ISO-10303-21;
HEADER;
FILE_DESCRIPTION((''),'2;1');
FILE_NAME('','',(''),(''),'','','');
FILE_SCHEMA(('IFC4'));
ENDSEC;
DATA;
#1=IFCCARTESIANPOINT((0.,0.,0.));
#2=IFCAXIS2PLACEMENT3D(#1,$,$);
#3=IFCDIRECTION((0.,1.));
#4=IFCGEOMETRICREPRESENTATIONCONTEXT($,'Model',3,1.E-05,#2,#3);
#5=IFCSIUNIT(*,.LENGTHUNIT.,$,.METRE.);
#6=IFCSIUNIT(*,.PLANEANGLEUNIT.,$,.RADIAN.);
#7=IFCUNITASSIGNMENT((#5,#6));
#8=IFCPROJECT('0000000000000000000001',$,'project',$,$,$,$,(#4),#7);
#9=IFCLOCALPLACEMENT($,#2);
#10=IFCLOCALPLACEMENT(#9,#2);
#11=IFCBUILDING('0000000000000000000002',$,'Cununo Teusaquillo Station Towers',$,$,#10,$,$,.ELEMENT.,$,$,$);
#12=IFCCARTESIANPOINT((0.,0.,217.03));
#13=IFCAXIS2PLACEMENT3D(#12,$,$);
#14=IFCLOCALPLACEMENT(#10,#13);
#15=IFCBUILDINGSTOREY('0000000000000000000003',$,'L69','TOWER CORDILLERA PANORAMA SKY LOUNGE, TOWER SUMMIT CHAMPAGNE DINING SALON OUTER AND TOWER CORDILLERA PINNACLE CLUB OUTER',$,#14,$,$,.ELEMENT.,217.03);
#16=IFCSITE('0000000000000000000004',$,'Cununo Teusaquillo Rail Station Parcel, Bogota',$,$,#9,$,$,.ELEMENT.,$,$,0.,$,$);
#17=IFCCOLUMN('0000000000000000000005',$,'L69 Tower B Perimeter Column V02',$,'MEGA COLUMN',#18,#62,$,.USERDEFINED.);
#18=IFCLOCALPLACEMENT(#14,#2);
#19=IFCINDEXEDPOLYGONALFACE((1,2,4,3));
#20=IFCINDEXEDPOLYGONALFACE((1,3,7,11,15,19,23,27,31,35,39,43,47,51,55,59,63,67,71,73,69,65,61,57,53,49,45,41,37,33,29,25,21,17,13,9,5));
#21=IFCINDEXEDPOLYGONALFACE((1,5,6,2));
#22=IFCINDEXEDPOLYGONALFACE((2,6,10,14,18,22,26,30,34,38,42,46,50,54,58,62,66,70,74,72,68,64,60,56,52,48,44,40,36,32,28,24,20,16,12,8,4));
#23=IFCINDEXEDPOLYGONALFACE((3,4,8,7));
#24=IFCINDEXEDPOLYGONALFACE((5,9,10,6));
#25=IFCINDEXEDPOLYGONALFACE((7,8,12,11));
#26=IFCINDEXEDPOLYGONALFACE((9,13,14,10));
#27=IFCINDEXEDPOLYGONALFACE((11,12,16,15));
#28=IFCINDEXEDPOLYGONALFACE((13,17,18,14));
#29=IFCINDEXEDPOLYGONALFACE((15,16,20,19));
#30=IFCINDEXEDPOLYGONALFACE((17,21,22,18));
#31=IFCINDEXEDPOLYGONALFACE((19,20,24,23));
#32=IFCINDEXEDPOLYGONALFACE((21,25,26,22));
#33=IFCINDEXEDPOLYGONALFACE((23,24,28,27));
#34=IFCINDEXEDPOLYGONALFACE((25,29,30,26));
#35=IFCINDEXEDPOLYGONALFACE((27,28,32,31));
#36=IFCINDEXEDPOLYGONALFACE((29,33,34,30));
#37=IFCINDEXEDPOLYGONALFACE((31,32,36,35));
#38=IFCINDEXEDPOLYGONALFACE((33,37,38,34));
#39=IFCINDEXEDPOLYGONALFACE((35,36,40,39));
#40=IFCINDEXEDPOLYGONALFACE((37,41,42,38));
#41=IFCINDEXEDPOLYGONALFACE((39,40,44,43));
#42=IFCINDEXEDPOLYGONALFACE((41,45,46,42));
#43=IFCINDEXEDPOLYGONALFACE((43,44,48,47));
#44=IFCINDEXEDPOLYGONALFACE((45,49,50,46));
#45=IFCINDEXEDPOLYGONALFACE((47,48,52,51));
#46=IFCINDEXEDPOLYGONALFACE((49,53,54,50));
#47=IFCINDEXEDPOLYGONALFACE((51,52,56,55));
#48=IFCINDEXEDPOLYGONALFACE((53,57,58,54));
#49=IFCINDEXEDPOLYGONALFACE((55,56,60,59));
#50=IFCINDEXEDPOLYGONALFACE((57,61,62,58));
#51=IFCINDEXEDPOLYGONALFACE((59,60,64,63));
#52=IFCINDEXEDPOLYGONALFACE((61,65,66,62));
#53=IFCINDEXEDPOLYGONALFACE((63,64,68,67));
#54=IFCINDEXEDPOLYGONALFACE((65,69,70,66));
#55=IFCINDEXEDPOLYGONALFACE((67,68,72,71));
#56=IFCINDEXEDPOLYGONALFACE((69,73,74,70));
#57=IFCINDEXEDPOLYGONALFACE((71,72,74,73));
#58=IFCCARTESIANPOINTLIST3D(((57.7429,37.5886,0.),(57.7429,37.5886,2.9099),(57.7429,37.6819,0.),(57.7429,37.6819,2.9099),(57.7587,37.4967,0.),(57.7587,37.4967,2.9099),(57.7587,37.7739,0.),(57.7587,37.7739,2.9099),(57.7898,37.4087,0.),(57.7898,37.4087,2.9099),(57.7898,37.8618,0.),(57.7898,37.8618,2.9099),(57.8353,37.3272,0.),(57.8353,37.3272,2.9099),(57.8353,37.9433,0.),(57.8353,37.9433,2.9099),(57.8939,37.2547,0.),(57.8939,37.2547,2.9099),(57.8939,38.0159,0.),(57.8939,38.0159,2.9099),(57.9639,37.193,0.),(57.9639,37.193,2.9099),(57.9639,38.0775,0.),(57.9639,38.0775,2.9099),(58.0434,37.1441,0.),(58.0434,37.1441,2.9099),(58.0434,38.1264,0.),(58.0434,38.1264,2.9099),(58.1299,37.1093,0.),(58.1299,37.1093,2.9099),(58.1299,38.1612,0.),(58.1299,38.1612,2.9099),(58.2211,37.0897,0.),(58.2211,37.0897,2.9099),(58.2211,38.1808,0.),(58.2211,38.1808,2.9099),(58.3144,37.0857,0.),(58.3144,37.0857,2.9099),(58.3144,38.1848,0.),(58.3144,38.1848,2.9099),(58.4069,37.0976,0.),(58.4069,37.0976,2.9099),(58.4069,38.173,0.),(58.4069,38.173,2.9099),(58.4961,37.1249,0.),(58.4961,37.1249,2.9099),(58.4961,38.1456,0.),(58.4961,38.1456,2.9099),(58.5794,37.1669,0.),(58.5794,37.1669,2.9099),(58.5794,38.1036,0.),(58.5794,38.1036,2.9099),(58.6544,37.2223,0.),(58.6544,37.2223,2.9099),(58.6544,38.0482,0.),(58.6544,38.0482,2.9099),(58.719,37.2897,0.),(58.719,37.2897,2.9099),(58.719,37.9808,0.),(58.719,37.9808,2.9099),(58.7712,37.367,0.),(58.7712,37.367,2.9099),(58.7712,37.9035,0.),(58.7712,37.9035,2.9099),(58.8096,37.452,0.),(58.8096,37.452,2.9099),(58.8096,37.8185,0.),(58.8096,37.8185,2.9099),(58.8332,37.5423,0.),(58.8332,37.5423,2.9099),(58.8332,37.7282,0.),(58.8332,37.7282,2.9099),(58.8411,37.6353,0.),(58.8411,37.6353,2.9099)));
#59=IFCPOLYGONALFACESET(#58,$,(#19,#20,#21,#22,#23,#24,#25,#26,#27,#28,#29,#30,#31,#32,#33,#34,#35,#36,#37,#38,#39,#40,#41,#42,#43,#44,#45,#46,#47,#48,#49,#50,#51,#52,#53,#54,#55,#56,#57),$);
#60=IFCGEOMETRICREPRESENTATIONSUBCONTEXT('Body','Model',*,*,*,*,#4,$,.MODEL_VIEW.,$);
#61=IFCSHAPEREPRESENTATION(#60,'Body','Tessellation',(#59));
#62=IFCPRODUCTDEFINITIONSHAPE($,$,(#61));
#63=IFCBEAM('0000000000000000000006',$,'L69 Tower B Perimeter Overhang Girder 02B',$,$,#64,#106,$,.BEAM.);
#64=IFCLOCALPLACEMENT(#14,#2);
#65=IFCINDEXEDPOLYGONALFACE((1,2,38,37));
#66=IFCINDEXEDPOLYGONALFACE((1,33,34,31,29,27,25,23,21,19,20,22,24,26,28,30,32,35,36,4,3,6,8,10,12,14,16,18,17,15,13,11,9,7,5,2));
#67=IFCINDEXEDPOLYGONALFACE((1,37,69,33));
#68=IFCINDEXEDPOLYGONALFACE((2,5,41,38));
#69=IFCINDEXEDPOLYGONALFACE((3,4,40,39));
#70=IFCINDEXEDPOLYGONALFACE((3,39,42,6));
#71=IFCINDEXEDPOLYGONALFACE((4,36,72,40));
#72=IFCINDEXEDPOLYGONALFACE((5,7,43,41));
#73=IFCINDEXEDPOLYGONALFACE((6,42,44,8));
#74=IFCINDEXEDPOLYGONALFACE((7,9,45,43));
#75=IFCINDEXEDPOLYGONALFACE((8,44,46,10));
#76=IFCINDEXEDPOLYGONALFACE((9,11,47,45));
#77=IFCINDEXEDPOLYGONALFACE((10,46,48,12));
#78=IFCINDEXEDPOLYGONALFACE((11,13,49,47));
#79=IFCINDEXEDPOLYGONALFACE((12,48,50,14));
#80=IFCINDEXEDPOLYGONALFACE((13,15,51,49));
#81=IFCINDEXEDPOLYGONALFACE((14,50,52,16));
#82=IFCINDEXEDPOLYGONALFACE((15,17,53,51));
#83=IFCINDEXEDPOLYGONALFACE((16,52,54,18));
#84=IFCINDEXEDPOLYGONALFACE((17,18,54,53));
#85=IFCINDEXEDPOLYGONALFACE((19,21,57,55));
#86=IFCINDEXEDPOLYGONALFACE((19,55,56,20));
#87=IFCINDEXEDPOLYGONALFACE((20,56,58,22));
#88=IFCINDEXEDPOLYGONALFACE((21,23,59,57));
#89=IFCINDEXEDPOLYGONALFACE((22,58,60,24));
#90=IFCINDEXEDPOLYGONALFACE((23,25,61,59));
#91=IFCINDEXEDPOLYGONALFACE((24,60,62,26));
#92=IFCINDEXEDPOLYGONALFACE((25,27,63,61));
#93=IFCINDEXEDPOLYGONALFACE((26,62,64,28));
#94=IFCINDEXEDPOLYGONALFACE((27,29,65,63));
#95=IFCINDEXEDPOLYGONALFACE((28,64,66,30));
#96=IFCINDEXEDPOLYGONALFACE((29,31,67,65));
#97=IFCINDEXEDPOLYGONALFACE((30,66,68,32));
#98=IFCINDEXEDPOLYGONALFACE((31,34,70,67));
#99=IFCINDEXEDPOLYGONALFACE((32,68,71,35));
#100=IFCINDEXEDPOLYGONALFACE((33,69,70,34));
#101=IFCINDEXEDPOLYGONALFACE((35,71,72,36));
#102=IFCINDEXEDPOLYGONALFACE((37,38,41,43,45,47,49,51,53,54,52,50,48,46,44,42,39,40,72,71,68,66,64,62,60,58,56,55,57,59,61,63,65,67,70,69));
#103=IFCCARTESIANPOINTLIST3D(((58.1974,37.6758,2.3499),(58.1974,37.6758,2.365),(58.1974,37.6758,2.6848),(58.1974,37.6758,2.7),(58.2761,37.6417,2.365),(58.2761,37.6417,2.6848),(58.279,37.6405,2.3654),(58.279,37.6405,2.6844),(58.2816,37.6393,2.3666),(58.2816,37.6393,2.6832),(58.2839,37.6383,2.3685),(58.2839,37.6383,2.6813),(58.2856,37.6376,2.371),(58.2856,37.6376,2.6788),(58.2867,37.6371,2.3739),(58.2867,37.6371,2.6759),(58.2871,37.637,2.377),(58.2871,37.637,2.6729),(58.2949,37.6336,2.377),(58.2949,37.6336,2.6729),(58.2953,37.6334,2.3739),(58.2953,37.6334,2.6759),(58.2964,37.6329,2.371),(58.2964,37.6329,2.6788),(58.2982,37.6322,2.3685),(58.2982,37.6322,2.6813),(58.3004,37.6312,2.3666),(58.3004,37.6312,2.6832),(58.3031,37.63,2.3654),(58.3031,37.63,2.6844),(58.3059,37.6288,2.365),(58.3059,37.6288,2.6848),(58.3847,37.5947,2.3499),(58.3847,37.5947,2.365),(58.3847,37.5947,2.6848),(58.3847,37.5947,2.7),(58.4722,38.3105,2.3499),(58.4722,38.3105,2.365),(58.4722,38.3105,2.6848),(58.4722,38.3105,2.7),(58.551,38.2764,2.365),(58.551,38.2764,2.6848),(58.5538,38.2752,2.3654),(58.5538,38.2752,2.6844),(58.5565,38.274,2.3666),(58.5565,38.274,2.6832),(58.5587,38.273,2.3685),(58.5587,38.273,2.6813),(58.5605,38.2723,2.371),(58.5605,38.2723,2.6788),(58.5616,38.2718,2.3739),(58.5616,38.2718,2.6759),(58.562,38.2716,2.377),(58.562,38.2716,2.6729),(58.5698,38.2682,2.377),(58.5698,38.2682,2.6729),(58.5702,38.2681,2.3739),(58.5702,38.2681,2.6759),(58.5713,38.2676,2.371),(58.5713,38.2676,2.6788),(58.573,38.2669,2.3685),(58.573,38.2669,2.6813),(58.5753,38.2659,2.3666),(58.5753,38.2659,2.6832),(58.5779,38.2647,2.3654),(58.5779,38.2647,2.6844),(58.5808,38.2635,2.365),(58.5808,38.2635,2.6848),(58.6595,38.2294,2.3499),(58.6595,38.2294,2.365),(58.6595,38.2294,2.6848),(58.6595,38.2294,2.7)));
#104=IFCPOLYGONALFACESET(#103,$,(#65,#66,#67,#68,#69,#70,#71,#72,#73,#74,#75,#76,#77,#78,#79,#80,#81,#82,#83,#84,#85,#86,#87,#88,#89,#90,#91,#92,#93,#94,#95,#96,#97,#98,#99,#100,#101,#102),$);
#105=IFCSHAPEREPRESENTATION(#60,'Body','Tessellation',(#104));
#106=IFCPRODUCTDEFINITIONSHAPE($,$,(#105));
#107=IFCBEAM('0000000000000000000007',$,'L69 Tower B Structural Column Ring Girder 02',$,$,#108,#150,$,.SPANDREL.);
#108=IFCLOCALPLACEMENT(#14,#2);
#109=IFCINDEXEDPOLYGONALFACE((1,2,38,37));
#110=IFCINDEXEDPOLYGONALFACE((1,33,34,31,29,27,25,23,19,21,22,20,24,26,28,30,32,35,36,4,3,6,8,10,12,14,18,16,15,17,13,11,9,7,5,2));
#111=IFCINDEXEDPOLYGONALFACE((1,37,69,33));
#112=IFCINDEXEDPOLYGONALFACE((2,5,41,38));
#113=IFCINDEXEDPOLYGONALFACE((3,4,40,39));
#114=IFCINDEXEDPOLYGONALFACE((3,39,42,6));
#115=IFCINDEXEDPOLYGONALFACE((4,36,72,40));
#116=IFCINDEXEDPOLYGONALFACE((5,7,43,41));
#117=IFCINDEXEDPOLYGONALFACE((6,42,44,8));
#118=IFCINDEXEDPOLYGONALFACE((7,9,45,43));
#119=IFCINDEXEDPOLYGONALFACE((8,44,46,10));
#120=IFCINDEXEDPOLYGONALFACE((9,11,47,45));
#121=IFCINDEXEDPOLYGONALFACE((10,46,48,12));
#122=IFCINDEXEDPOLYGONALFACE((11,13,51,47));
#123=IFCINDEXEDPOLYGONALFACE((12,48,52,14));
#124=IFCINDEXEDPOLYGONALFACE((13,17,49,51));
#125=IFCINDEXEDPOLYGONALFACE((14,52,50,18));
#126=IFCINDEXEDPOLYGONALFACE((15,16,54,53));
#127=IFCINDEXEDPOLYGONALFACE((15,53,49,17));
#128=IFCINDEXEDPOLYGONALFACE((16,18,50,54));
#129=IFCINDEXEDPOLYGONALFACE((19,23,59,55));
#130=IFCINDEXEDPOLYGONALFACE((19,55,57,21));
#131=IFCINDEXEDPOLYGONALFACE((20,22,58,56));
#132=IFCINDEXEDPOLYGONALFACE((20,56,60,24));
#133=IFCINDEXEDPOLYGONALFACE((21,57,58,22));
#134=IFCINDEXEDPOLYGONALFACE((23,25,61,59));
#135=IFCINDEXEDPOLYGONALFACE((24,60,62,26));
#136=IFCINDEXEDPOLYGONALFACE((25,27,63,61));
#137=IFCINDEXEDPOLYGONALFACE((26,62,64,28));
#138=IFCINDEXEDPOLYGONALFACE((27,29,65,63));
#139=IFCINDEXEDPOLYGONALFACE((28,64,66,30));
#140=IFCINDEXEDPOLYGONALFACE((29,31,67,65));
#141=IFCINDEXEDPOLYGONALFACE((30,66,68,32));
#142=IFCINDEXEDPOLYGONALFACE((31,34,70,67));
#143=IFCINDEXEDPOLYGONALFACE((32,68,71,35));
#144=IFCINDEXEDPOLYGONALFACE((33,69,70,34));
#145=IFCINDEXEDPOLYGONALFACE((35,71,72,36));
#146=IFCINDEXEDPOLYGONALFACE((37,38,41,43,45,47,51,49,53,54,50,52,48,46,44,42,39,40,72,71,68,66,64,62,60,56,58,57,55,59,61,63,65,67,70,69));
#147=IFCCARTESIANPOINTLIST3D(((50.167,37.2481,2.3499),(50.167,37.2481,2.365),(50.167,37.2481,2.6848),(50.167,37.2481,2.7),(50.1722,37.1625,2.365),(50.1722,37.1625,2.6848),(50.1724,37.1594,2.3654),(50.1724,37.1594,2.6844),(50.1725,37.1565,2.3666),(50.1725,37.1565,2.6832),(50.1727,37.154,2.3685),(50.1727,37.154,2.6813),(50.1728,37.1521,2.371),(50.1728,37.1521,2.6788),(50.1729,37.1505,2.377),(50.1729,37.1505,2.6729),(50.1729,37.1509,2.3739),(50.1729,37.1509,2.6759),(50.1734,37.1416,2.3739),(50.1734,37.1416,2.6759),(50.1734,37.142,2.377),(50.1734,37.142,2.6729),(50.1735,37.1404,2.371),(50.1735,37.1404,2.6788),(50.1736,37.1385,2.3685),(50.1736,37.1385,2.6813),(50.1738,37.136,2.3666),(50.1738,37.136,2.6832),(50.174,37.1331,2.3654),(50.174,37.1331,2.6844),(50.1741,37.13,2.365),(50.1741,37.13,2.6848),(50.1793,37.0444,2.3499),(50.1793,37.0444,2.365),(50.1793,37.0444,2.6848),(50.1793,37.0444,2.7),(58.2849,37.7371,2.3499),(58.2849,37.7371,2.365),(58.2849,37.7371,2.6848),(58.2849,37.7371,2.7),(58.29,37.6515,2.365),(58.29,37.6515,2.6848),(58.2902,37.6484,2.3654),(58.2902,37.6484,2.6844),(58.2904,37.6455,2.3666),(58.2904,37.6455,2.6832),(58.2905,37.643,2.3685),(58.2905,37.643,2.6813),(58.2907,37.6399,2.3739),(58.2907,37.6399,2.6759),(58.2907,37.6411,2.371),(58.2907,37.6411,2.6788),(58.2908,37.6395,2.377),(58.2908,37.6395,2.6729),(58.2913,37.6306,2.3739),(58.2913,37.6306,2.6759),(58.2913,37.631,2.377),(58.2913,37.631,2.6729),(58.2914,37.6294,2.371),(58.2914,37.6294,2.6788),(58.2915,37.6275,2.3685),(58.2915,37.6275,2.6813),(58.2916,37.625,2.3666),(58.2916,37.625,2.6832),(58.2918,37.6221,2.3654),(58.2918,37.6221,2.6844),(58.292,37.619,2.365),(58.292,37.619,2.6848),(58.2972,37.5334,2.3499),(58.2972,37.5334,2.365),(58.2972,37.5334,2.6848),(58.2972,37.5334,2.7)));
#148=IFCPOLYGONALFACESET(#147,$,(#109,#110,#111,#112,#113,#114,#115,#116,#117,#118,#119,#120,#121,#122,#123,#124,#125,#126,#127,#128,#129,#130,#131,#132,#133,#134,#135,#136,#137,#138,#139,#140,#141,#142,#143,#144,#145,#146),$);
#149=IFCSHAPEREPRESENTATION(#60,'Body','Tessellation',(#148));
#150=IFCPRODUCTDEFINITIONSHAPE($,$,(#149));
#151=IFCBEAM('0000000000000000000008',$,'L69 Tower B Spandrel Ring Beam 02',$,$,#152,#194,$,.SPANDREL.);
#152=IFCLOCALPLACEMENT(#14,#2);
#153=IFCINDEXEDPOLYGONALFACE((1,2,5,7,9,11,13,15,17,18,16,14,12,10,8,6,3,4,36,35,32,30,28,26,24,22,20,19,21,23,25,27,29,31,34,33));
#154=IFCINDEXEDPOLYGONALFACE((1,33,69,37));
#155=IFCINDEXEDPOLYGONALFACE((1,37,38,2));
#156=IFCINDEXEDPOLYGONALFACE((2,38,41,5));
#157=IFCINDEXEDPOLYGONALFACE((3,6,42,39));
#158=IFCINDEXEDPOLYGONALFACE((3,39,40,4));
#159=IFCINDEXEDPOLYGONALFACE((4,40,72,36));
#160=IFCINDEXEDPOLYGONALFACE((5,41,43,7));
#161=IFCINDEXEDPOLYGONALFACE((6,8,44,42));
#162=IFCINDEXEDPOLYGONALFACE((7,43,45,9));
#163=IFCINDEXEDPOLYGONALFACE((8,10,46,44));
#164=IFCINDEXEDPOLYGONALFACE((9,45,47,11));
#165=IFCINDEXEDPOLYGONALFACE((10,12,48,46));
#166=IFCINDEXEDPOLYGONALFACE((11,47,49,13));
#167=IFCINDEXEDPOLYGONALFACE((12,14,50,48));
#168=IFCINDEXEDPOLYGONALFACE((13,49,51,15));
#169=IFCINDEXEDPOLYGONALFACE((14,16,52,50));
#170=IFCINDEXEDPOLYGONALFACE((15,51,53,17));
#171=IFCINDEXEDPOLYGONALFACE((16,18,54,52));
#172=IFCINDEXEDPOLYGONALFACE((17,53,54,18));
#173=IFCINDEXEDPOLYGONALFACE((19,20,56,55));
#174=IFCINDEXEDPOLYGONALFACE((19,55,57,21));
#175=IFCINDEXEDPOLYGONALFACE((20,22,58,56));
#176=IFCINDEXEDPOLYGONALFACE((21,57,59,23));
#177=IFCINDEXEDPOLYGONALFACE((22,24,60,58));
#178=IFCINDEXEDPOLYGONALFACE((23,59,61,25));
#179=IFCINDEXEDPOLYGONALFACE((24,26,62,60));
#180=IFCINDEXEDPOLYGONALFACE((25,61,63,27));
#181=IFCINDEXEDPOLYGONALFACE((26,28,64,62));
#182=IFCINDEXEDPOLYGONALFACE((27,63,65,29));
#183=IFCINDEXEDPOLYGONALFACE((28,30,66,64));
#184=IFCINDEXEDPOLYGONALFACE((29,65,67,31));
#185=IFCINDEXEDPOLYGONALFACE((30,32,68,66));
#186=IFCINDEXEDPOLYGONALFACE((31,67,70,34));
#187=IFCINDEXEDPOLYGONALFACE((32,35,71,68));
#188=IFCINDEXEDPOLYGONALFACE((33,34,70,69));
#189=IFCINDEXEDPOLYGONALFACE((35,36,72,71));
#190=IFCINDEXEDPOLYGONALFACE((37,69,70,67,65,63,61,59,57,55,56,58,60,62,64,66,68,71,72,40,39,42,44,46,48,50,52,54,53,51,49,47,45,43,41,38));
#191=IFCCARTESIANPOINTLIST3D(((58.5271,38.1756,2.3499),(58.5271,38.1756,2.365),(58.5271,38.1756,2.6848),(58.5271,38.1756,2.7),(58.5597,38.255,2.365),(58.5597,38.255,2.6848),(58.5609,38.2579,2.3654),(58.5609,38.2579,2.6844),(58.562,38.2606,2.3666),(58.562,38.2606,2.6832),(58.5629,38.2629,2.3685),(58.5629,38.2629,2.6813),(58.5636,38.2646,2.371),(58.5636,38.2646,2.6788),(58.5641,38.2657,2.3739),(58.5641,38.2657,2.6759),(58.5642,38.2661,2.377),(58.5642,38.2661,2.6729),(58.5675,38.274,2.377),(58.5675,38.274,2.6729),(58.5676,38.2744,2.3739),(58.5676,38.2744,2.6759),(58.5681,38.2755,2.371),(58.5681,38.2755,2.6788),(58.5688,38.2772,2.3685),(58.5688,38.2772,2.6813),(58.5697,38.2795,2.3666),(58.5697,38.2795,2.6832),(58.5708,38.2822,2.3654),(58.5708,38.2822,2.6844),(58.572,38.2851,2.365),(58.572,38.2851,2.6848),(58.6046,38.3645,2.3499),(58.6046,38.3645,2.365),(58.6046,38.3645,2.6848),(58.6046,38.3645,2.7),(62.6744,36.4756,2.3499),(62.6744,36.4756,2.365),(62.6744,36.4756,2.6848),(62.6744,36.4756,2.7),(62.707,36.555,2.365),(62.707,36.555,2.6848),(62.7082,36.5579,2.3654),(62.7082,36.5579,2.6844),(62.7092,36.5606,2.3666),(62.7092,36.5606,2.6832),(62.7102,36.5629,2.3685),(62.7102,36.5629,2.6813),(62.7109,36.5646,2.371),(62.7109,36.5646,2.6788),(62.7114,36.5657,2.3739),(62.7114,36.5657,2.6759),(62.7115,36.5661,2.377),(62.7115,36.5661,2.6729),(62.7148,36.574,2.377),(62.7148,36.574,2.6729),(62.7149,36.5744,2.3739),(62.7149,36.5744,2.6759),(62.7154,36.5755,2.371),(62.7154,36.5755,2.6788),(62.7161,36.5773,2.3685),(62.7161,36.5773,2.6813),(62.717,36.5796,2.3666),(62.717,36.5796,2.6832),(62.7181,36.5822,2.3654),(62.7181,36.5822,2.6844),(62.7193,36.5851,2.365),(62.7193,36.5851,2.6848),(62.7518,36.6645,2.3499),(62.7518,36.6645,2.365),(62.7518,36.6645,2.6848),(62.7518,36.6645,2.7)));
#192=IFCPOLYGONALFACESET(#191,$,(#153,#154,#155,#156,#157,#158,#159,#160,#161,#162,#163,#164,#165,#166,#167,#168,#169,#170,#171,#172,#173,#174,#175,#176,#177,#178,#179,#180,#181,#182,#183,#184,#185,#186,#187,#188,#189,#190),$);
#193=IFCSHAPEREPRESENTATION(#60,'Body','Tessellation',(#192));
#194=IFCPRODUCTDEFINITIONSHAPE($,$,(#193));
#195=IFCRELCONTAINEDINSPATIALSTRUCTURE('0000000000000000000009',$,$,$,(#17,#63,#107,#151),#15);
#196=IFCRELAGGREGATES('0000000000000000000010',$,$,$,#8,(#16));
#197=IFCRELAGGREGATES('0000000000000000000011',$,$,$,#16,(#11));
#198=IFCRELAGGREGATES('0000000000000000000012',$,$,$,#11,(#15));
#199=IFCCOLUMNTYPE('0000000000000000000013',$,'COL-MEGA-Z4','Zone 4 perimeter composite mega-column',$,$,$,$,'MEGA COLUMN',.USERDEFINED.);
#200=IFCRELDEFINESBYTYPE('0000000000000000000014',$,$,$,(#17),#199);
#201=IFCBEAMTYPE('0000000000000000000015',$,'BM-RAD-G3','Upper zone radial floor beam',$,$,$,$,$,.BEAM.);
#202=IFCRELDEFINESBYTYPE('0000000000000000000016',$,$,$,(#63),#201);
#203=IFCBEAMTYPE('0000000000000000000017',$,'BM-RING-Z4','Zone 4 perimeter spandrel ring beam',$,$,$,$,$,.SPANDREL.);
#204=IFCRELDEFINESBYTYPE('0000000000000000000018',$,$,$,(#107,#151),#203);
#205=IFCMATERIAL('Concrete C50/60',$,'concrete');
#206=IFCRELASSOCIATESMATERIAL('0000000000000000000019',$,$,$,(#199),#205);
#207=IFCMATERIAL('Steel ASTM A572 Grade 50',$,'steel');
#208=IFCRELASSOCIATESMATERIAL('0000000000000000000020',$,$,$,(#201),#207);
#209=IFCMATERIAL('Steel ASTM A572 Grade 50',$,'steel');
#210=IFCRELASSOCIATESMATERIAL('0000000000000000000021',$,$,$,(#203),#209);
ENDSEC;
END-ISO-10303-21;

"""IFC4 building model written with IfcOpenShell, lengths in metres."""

from ifc_helpers import new_model, si_unit, direction, frame, origin, origin_2d, place, context, subcontext, project, spatial, circle, i_section, extrude, material, material_profile, profile_set, type_object, element, save


model = new_model("IFC4")

# Units and contexts
model_context = context("Model", 3, precision=1e-05, world=origin(), true_north=direction((0.0, 1.0)))
body_context = subcontext(model_context, "Body", "Model", "MODEL_VIEW")
ifc_project = project(units=[si_unit("LENGTHUNIT", "METRE"), si_unit("PLANEANGLEUNIT", "RADIAN")], contexts=[model_context])

# Site, building, storey
site_placement = place(None, origin())
site = spatial("IfcSite", under=ifc_project, at=site_placement, Name="Cununo Teusaquillo Rail Station Parcel, Bogota", CompositionType="ELEMENT", RefElevation=0.0)
building_placement = place(site_placement, origin())
building = spatial("IfcBuilding", under=site, at=building_placement, Name="Cununo Teusaquillo Station Towers", CompositionType="ELEMENT")
storey_placement = place(building_placement, frame((0.0, 0.0, 217.03)))
storey = spatial("IfcBuildingStorey", under=building, at=storey_placement, Name="L69", Description="TOWER CORDILLERA PANORAMA SKY LOUNGE, TOWER SUMMIT CHAMPAGNE DINING SALON OUTER AND TOWER CORDILLERA PINNACLE CLUB OUTER", CompositionType="ELEMENT", Elevation=217.03)

# Column
ifc_material_1 = material(Name="Concrete C50/60", Category="concrete")
ifc_material_profile_1 = material_profile(ifc_material_1, circle(Radius=0.55, at=origin_2d()), Name="RC-CIRC-1100")
ifc_profile_set_1 = profile_set([ifc_material_profile_1], Name="Concrete C50/60")
column_type = type_object("IfcColumnType", Name="COL-MEGA-Z4", Description="Zone 4 perimeter composite mega-column", ElementType="MEGA COLUMN", PredefinedType="USERDEFINED", material=ifc_profile_set_1)
column_placement = place(storey_placement, frame((58.291, 37.6353, 0.0), z_axis=(0.0, 0.0, 1.0), x_axis=(1.0, 0.0, 0.0)))
element("IfcColumn", 1, at=column_placement, inside=storey, type_object=column_type, Name="L69 Tower B Perimeter Column V02", ObjectType="MEGA COLUMN", PredefinedType="USERDEFINED", context=body_context, shape_type="SweptSolid", body=[
    extrude(circle(Radius=0.55, at=origin_2d()), origin(), (0.0, 0.0, 1.0), 2.9099),
])

# Beams
ifc_material_2 = material(Name="Steel ASTM A572 Grade 50", Category="steel")
ifc_material_profile_2 = material_profile(ifc_material_2, i_section(OverallWidth=0.2041, OverallDepth=0.3501, WebThickness=0.0085, FlangeThickness=0.0151, FilletRadius=0.012, at=origin_2d()), Name="W14X48")
ifc_profile_set_2 = profile_set([ifc_material_profile_2], Name="Steel ASTM A572 Grade 50")
beam_type_1 = type_object("IfcBeamType", Name="BM-RAD-G3", Description="Upper zone radial floor beam", PredefinedType="BEAM", material=ifc_profile_set_2)
beam_1_placement = place(storey_placement, frame((58.291, 37.6353, 2.5249), z_axis=(0.397409, 0.917641, 0.0), x_axis=(-0.917641, 0.397409, 0.0)))
element("IfcBeam", 2, at=beam_1_placement, inside=storey, type_object=beam_type_1, Name="L69 Tower B Perimeter Overhang Girder 02B", PredefinedType="BEAM", context=body_context, shape_type="SweptSolid", body=[
    extrude(i_section(OverallWidth=0.2041, OverallDepth=0.3501, WebThickness=0.0085, FlangeThickness=0.0151, FilletRadius=0.012, at=origin_2d()), origin(), (0.0, 0.0, 1.0), 0.6917),
])
ifc_material_3 = material(Name="Steel ASTM A572 Grade 50", Category="steel")
ifc_material_profile_3 = material_profile(ifc_material_3, i_section(OverallWidth=0.2041, OverallDepth=0.3501, WebThickness=0.0085, FlangeThickness=0.0151, FilletRadius=0.012, at=origin_2d()), Name="W14X48")
ifc_profile_set_3 = profile_set([ifc_material_profile_3], Name="Steel ASTM A572 Grade 50")
beam_type_2 = type_object("IfcBeamType", Name="BM-RING-Z4", Description="Zone 4 perimeter spandrel ring beam", PredefinedType="SPANDREL", material=ifc_profile_set_3)
beam_2_placement = place(storey_placement, frame((58.291, 37.6353, 2.5249), z_axis=(-0.998191, -0.06013, 0.0), x_axis=(0.06013, -0.998191, 0.0)))
element("IfcBeam", 3, at=beam_2_placement, inside=storey, type_object=beam_type_2, Name="L69 Tower B Structural Column Ring Girder 02", PredefinedType="SPANDREL", context=body_context, shape_type="SweptSolid", body=[
    extrude(i_section(OverallWidth=0.2041, OverallDepth=0.3501, WebThickness=0.0085, FlangeThickness=0.0151, FilletRadius=0.012, at=origin_2d()), origin(), (0.0, 0.0, 1.0), 8.1326),
])
beam_3_placement = place(storey_placement, frame((62.7131, 36.5701, 2.5249), z_axis=(-0.925284, 0.379275, 0.0), x_axis=(-0.379275, -0.925284, 0.0)))
element("IfcBeam", 4, at=beam_3_placement, inside=storey, type_object=beam_type_2, Name="L69 Tower B Spandrel Ring Beam 02", PredefinedType="SPANDREL", context=body_context, shape_type="SweptSolid", body=[
    extrude(i_section(OverallWidth=0.2041, OverallDepth=0.3501, WebThickness=0.0085, FlangeThickness=0.0151, FilletRadius=0.012, at=origin_2d()), origin(), (0.0, 0.0, 1.0), 4.4822),
])

save(model, "model.ifc")
